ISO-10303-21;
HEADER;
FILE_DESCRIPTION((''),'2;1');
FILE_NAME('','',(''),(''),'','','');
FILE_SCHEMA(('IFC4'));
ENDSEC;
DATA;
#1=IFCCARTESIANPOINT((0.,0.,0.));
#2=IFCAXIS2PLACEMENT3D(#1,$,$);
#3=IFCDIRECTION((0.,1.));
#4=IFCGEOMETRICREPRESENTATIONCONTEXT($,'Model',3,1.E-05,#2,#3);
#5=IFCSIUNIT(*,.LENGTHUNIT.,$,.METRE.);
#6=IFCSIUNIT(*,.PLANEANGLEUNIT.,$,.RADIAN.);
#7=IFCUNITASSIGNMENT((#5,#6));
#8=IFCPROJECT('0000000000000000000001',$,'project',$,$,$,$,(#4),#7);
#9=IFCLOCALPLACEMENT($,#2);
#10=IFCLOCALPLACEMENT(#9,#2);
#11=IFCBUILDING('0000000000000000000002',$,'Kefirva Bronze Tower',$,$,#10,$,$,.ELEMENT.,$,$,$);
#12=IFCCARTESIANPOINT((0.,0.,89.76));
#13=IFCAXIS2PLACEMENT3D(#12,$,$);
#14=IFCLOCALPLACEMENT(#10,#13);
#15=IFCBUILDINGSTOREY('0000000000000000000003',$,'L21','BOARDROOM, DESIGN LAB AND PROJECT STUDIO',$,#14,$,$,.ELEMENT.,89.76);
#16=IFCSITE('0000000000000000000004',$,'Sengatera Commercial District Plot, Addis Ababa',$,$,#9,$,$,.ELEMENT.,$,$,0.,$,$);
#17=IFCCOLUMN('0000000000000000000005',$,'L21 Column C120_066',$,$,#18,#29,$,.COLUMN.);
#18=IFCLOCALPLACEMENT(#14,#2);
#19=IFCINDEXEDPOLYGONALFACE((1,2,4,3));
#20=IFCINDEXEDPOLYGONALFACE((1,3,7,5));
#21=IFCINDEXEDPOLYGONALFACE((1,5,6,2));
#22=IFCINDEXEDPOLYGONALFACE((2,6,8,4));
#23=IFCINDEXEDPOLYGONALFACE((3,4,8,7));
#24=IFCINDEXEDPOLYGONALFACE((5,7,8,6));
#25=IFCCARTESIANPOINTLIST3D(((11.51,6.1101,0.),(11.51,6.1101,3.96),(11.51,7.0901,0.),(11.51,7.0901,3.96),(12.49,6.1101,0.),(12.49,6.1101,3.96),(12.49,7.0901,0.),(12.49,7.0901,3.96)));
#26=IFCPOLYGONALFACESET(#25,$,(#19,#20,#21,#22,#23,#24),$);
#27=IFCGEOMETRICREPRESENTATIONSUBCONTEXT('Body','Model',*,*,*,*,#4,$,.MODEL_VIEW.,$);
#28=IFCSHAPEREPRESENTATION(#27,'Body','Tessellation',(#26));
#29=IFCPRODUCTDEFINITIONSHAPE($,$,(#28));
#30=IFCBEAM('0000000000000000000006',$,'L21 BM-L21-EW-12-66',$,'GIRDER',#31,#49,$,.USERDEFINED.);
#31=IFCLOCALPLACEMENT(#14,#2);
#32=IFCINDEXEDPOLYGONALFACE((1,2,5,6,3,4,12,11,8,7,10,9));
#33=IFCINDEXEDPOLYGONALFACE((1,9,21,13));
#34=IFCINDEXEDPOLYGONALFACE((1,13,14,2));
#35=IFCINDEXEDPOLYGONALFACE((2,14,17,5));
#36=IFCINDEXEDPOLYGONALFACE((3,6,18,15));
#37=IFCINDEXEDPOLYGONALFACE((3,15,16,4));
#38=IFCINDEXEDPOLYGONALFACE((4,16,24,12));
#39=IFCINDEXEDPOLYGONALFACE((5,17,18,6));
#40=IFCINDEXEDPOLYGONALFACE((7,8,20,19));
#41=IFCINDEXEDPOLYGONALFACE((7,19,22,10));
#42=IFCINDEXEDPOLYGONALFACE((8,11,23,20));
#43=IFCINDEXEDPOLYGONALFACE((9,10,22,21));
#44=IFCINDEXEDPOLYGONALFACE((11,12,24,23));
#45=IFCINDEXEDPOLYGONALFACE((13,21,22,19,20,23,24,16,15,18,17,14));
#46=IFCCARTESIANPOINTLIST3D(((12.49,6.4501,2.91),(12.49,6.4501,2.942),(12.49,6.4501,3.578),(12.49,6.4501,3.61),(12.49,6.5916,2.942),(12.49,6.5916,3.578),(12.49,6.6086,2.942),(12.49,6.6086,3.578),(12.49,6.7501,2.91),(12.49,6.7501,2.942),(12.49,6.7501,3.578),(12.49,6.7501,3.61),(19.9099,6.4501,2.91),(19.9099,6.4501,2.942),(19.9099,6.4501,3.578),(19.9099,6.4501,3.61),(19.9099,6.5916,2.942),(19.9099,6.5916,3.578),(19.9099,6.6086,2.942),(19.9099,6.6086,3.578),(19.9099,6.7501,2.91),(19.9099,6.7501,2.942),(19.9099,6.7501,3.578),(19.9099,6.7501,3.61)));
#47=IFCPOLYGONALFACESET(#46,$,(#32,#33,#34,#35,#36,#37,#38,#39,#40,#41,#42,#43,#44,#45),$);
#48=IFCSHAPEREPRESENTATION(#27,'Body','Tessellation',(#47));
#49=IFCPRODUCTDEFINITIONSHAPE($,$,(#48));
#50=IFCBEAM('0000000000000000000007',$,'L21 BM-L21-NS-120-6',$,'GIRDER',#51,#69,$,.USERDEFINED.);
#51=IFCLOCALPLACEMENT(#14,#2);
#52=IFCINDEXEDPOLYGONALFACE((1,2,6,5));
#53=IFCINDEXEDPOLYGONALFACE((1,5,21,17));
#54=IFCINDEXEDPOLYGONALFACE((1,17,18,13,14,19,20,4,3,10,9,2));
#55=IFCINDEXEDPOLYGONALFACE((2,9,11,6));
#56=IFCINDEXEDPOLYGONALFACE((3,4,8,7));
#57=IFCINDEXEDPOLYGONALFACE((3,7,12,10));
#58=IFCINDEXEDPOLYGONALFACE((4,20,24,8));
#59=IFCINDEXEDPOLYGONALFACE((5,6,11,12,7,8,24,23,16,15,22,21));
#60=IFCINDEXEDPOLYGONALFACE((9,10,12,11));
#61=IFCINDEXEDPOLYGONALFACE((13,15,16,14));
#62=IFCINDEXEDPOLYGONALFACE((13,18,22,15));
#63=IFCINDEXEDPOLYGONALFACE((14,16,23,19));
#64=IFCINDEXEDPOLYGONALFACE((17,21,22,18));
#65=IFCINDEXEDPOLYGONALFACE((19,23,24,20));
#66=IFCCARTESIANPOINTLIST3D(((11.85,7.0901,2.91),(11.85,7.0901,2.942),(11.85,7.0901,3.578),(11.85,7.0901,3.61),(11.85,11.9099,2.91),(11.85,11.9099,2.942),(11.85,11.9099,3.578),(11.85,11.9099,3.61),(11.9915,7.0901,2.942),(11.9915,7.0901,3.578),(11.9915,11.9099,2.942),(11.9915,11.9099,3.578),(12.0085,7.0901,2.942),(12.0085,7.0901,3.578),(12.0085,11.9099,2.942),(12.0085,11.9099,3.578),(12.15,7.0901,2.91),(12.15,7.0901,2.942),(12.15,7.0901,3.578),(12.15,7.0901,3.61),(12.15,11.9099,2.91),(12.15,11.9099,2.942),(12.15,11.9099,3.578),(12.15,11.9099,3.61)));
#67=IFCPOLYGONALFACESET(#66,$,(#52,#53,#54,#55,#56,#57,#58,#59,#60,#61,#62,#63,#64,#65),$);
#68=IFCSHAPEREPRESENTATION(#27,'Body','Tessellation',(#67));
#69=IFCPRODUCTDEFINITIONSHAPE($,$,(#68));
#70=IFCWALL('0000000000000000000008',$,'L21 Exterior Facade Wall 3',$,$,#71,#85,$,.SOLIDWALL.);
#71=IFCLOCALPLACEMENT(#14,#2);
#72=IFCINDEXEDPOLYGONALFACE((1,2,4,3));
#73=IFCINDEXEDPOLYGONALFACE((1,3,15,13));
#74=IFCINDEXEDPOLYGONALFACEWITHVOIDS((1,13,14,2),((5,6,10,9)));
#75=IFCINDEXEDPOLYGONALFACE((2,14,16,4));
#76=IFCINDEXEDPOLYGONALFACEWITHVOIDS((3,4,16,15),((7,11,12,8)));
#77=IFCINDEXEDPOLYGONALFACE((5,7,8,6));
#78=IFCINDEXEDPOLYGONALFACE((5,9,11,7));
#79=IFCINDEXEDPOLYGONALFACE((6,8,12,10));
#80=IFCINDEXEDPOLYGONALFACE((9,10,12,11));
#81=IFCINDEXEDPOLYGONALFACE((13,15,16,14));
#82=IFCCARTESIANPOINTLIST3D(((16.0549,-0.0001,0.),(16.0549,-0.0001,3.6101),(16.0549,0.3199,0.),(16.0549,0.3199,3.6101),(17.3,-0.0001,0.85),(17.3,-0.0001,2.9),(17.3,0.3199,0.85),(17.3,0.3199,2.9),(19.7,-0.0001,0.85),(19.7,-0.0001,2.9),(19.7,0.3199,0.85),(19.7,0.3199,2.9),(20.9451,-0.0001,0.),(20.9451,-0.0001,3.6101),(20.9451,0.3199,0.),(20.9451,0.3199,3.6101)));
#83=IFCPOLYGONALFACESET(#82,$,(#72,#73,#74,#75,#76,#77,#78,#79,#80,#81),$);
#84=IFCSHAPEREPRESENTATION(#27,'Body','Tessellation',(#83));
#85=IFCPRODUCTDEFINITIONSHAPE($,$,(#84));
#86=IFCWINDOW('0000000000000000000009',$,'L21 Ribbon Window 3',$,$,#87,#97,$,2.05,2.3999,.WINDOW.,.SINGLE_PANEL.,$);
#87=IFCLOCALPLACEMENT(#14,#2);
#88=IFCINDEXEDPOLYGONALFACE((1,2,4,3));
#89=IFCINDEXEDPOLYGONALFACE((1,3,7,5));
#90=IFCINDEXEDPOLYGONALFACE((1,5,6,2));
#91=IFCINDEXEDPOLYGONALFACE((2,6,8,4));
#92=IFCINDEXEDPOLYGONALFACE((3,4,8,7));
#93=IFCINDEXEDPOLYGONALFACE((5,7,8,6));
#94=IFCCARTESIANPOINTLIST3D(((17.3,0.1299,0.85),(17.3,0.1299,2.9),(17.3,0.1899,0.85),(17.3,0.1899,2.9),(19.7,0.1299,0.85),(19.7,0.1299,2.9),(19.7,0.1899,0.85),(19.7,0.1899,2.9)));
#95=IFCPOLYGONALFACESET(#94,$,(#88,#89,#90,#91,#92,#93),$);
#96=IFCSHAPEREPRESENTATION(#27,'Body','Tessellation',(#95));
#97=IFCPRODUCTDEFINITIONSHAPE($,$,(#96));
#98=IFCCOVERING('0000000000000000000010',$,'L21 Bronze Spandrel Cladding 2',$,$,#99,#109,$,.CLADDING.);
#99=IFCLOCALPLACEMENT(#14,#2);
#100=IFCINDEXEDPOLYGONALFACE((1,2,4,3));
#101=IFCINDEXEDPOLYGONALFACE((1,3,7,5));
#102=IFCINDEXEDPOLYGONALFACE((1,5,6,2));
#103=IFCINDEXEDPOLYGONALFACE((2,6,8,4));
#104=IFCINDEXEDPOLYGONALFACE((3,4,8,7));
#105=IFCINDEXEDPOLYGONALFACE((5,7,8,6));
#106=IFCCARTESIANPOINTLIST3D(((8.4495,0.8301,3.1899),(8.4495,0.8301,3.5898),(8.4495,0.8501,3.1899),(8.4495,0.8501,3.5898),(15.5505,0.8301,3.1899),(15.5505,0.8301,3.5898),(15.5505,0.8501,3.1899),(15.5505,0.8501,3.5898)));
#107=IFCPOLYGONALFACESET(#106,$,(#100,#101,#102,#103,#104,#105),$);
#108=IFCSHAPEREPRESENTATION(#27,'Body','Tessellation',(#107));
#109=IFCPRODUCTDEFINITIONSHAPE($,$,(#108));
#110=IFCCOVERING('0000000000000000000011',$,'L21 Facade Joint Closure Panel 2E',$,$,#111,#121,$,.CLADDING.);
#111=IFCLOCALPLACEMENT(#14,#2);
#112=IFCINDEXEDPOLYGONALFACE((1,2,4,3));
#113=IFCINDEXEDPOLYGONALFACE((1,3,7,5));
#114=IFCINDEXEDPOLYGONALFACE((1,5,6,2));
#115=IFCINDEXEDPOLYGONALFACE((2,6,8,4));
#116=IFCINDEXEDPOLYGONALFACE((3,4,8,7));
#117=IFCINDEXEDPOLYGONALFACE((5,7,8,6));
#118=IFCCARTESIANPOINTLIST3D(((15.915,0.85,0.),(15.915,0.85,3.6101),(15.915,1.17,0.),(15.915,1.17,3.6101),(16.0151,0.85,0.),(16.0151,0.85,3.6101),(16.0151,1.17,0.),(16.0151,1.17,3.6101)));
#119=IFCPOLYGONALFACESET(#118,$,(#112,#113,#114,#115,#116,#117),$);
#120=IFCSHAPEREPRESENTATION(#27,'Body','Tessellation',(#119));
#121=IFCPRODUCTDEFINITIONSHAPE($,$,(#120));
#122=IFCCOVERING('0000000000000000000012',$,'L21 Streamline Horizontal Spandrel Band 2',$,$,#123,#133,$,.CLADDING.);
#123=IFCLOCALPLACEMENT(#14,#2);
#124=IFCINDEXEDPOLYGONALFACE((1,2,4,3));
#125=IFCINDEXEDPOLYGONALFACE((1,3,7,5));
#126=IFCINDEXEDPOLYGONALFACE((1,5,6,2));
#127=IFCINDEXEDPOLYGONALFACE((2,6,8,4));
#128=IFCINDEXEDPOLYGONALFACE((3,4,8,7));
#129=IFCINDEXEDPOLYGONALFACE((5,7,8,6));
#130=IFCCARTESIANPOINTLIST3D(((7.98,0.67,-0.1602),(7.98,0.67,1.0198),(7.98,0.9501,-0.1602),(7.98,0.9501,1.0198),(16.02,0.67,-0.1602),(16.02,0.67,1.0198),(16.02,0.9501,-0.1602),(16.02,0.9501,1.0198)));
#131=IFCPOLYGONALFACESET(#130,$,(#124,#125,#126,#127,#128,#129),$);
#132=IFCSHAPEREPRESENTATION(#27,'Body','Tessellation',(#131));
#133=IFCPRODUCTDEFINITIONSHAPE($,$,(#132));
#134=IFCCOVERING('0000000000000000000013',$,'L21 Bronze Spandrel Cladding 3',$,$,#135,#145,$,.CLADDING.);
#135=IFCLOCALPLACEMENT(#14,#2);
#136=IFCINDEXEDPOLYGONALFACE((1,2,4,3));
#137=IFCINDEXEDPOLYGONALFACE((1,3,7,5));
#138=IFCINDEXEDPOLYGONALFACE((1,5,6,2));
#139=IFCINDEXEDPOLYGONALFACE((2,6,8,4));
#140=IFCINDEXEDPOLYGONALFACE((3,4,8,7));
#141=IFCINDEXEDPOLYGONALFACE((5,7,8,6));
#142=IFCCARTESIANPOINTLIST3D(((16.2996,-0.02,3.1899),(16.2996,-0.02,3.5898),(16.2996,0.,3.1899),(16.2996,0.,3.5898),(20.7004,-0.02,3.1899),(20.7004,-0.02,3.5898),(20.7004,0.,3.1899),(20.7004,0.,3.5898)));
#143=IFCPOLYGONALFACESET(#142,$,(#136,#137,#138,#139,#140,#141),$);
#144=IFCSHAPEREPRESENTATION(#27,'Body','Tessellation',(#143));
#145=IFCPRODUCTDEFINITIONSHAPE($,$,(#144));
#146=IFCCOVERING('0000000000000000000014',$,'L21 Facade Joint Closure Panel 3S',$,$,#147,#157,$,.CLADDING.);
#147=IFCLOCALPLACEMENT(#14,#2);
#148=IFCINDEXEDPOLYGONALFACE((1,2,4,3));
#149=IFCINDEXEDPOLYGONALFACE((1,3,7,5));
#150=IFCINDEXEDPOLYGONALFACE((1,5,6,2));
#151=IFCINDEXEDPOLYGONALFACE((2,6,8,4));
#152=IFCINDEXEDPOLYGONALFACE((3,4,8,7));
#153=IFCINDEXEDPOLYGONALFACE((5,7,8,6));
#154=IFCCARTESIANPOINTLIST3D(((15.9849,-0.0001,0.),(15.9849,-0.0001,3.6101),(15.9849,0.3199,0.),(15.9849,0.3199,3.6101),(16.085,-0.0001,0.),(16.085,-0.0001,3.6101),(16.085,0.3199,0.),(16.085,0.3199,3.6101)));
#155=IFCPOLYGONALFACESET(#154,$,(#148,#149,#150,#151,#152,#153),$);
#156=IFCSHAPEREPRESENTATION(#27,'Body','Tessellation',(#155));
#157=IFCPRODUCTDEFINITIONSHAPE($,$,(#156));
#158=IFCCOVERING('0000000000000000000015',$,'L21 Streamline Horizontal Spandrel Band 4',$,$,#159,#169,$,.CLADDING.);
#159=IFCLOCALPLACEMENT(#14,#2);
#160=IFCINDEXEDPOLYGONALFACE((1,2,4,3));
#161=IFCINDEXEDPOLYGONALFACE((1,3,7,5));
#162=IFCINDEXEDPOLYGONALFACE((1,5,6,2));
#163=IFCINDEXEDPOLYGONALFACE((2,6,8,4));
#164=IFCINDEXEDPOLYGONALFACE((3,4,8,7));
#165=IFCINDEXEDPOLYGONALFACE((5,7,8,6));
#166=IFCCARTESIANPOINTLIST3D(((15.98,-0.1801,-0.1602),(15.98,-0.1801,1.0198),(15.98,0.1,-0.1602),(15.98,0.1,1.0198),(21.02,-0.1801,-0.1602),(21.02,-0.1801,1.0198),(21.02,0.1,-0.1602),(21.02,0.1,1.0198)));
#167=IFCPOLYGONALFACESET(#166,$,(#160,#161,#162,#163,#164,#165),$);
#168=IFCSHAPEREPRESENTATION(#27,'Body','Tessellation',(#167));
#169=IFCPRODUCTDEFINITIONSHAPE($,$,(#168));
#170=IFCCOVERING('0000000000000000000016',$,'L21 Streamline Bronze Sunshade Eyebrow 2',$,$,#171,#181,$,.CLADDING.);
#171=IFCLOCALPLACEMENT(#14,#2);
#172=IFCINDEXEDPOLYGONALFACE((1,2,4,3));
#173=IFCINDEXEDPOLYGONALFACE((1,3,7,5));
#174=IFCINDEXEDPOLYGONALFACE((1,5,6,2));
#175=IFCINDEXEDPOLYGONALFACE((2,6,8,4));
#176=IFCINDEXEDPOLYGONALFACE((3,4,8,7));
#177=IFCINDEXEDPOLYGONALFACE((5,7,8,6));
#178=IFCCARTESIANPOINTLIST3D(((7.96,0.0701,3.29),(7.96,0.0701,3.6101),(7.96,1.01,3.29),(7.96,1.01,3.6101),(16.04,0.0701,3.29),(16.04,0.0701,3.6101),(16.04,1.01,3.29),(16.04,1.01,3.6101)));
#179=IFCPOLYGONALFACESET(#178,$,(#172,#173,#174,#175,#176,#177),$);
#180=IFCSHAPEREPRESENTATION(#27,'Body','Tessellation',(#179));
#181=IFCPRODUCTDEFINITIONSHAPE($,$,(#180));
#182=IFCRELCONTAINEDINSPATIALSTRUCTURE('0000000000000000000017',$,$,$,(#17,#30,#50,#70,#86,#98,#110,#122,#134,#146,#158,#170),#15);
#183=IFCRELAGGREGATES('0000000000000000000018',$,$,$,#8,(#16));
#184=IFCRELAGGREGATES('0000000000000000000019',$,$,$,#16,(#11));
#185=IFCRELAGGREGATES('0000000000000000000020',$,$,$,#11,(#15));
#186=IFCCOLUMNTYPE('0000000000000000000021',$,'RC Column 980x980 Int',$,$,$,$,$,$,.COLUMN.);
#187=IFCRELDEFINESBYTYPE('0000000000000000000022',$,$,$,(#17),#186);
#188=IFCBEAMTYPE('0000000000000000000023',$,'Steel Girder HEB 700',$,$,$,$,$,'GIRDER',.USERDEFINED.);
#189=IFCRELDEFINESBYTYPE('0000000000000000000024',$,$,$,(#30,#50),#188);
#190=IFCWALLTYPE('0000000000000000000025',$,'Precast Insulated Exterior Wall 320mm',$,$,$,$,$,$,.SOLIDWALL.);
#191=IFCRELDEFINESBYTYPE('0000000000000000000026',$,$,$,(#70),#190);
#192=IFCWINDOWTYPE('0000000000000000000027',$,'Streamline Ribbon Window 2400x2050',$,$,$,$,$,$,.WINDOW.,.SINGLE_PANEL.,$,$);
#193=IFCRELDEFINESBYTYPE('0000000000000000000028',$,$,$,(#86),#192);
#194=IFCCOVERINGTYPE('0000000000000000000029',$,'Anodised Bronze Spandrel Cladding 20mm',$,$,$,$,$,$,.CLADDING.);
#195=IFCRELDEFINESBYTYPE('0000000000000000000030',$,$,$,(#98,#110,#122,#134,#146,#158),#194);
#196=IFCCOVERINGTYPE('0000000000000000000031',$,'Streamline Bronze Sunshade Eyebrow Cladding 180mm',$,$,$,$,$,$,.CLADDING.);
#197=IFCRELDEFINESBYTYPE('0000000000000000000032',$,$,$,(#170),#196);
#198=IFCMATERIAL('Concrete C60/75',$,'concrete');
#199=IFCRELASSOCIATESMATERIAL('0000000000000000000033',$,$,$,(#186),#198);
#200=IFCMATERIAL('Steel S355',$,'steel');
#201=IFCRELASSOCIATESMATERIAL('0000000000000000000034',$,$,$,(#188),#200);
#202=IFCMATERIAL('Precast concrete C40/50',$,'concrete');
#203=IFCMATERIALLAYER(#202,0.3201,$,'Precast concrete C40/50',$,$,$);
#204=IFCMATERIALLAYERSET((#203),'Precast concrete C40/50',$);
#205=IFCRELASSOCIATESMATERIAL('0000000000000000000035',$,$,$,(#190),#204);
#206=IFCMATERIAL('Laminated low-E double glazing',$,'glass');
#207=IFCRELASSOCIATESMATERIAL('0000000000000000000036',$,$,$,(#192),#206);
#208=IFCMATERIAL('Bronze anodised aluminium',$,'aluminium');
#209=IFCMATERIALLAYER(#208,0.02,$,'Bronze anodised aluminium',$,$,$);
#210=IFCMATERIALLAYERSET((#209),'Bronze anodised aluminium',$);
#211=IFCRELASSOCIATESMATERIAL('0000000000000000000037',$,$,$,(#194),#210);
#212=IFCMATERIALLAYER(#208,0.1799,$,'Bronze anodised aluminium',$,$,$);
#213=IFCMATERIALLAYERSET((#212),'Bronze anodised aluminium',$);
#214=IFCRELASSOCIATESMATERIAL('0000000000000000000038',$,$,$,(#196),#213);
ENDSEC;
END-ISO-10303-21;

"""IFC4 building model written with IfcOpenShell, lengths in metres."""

from ifc_helpers import new_model, si_unit, direction, frame, frame_2d, origin, origin_2d, place, context, subcontext, project, spatial, rectangle, i_section, extrude, material, layer, layer_set, material_profile, profile_set, type_object, element, fill, save


model = new_model("IFC4")

# Units and contexts
model_context = context("Model", 3, precision=1e-05, world=origin(), true_north=direction((0.0, 1.0)))
body_context = subcontext(model_context, "Body", "Model", "MODEL_VIEW")
ifc_project = project(units=[si_unit("LENGTHUNIT", "METRE"), si_unit("PLANEANGLEUNIT", "RADIAN")], contexts=[model_context])

# Site, building, storey
site_placement = place(None, origin())
site = spatial("IfcSite", under=ifc_project, at=site_placement, Name="Sengatera Commercial District Plot, Addis Ababa", CompositionType="ELEMENT", RefElevation=0.0)
building_placement = place(site_placement, origin())
building = spatial("IfcBuilding", under=site, at=building_placement, Name="Kefirva Bronze Tower", CompositionType="ELEMENT")
storey_placement = place(building_placement, frame((0.0, 0.0, 89.76)))
storey = spatial("IfcBuildingStorey", under=building, at=storey_placement, Name="L21", Description="BOARDROOM, DESIGN LAB AND PROJECT STUDIO", CompositionType="ELEMENT", Elevation=89.76)

# Column
ifc_material_1 = material(Name="Concrete C60/75", Category="concrete")
ifc_material_profile_1 = material_profile(ifc_material_1, rectangle(XDim=0.98, YDim=0.98, at=origin_2d()), Name="RC 980x980")
ifc_profile_set_1 = profile_set([ifc_material_profile_1], Name="Concrete C60/75")
column_type = type_object("IfcColumnType", Name="RC Column 980x980 Int", PredefinedType="COLUMN", material=ifc_profile_set_1)
column_placement = place(storey_placement, frame((12.0, 6.6001, 0.0), z_axis=(0.0, 0.0, 1.0), x_axis=(1.0, 0.0, 0.0)))
element("IfcColumn", 1, at=column_placement, inside=storey, type_object=column_type, Name="L21 Column C120_066", PredefinedType="COLUMN", context=body_context, shape_type="SweptSolid", body=[
    extrude(rectangle(XDim=0.98, YDim=0.98, at=origin_2d()), origin(), (0.0, 0.0, 1.0), 3.96),
])

# Beams
ifc_material_2 = material(Name="Steel S355", Category="steel")
ifc_material_profile_2 = material_profile(ifc_material_2, i_section(OverallWidth=0.3, OverallDepth=0.7, WebThickness=0.0171, FlangeThickness=0.032, at=origin_2d()), Name="HEB 700")
ifc_profile_set_2 = profile_set([ifc_material_profile_2], Name="Steel S355")
beam_type = type_object("IfcBeamType", Name="Steel Girder HEB 700", ElementType="GIRDER", PredefinedType="USERDEFINED", material=ifc_profile_set_2)
beam_1_placement = place(storey_placement, frame((12.49, 6.6001, 3.26), z_axis=(1.0, 0.0, 0.0), x_axis=(0.0, 1.0, 0.0)))
element("IfcBeam", 2, at=beam_1_placement, inside=storey, type_object=beam_type, Name="L21 BM-L21-EW-12-66", ObjectType="GIRDER", PredefinedType="USERDEFINED", context=body_context, shape_type="SweptSolid", body=[
    extrude(i_section(OverallWidth=0.3, OverallDepth=0.7, WebThickness=0.0171, FlangeThickness=0.032, at=origin_2d()), origin(), (0.0, 0.0, 1.0), 7.4199),
])
beam_2_placement = place(storey_placement, frame((12.0, 7.0901, 3.26), z_axis=(0.0, 1.0, 0.0), x_axis=(-1.0, 0.0, 0.0)))
element("IfcBeam", 3, at=beam_2_placement, inside=storey, type_object=beam_type, Name="L21 BM-L21-NS-120-6", ObjectType="GIRDER", PredefinedType="USERDEFINED", context=body_context, shape_type="SweptSolid", body=[
    extrude(i_section(OverallWidth=0.3, OverallDepth=0.7, WebThickness=0.0171, FlangeThickness=0.032, at=origin_2d()), origin(), (0.0, 0.0, 1.0), 4.8198),
])

# Wall, opening, window
ifc_material_3 = material(Name="Precast concrete C40/50", Category="concrete")
ifc_layer_1 = layer(ifc_material_3, 0.3201, Name="Precast concrete C40/50")
ifc_layer_set_1 = layer_set([ifc_layer_1], Name="Precast concrete C40/50")
wall_type = type_object("IfcWallType", Name="Precast Insulated Exterior Wall 320mm", PredefinedType="SOLIDWALL", material=ifc_layer_set_1)
wall_placement = place(storey_placement, frame((16.0549, 0.1599, 0.0), z_axis=(0.0, 0.0, 1.0), x_axis=(1.0, 0.0, 0.0)))
wall = element("IfcWall", 4, at=wall_placement, inside=storey, type_object=wall_type, Name="L21 Exterior Facade Wall 3", PredefinedType="SOLIDWALL", context=body_context, shape_type="SweptSolid", body=[
    extrude(rectangle(XDim=4.8901, YDim=0.3201, at=frame_2d((2.4451, 0.0))), origin(), (0.0, 0.0, 1.0), 3.6101),
])
opening_placement = place(wall_placement, frame((1.2451, 0.0, 0.8501)))
opening = element("IfcOpeningElement", 5, at=opening_placement, cuts=wall, PredefinedType="OPENING", context=body_context, shape_type="SweptSolid", body=[
    extrude(rectangle(XDim=2.3999, YDim=2.05, at=frame_2d((1.2, 1.0249))), frame((0.0, 0.1699, 0.0), z_axis=(0.0, -1.0, 0.0), x_axis=(1.0, 0.0, 0.0)), (0.0, 0.0, 1.0), 0.3401),
])
ifc_material_4 = material(Name="Laminated low-E double glazing", Category="glass")
window_type = type_object("IfcWindowType", Name="Streamline Ribbon Window 2400x2050", PartitioningType="SINGLE_PANEL", PredefinedType="WINDOW", material=ifc_material_4)
window_placement = place(opening_placement, origin())
window = element("IfcWindow", 6, at=window_placement, inside=storey, type_object=window_type, Name="L21 Ribbon Window 3", OverallHeight=2.05, OverallWidth=2.3999, PartitioningType="SINGLE_PANEL", PredefinedType="WINDOW", context=body_context, shape_type="SweptSolid", body=[
    extrude(rectangle(XDim=2.3999, YDim=2.05, at=frame_2d((1.2, 1.0249))), frame((0.0, 0.03, 0.0), z_axis=(0.0, -1.0, 0.0), x_axis=(1.0, 0.0, 0.0)), (0.0, 0.0, 1.0), 0.0601),
])
fill(opening, window)

# Coverings
ifc_material_5 = material(Name="Bronze anodised aluminium", Category="aluminium")
ifc_layer_2 = layer(ifc_material_5, 0.02, Name="Bronze anodised aluminium")
ifc_layer_set_2 = layer_set([ifc_layer_2], Name="Bronze anodised aluminium")
covering_type_1 = type_object("IfcCoveringType", Name="Anodised Bronze Spandrel Cladding 20mm", PredefinedType="CLADDING", material=ifc_layer_set_2)
covering_1_placement = place(storey_placement, frame((12.0, 0.8401, 3.1899), z_axis=(0.0, 0.0, 1.0), x_axis=(1.0, 0.0, 0.0)))
element("IfcCovering", 7, at=covering_1_placement, inside=storey, type_object=covering_type_1, Name="L21 Bronze Spandrel Cladding 2", PredefinedType="CLADDING", context=body_context, shape_type="SweptSolid", body=[
    extrude(rectangle(XDim=7.1011, YDim=0.02, at=origin_2d()), origin(), (0.0, 0.0, 1.0), 0.3999),
])
covering_2_placement = place(storey_placement, frame((15.9651, 1.01, 0.0), z_axis=(0.0, 0.0, 1.0), x_axis=(1.0, 0.0, 0.0)))
element("IfcCovering", 8, at=covering_2_placement, inside=storey, type_object=covering_type_1, Name="L21 Facade Joint Closure Panel 2E", PredefinedType="CLADDING", context=body_context, shape_type="SweptSolid", body=[
    extrude(rectangle(XDim=0.1001, YDim=0.3201, at=origin_2d()), origin(), (0.0, 0.0, 1.0), 3.6101),
])
covering_3_placement = place(storey_placement, frame((12.0, 0.8101, -0.1602), z_axis=(0.0, 0.0, 1.0), x_axis=(1.0, 0.0, 0.0)))
element("IfcCovering", 9, at=covering_3_placement, inside=storey, type_object=covering_type_1, Name="L21 Streamline Horizontal Spandrel Band 2", PredefinedType="CLADDING", context=body_context, shape_type="SweptSolid", body=[
    extrude(rectangle(XDim=8.04, YDim=0.28, at=origin_2d()), origin(), (0.0, 0.0, 1.0), 1.1799),
])
covering_4_placement = place(storey_placement, frame((18.5, -0.01, 3.1899), z_axis=(0.0, 0.0, 1.0), x_axis=(1.0, 0.0, 0.0)))
element("IfcCovering", 10, at=covering_4_placement, inside=storey, type_object=covering_type_1, Name="L21 Bronze Spandrel Cladding 3", PredefinedType="CLADDING", context=body_context, shape_type="SweptSolid", body=[
    extrude(rectangle(XDim=4.4009, YDim=0.02, at=origin_2d()), origin(), (0.0, 0.0, 1.0), 0.3999),
])
covering_5_placement = place(storey_placement, frame((16.0349, 0.1599, 0.0), z_axis=(0.0, 0.0, 1.0), x_axis=(1.0, 0.0, 0.0)))
element("IfcCovering", 11, at=covering_5_placement, inside=storey, type_object=covering_type_1, Name="L21 Facade Joint Closure Panel 3S", PredefinedType="CLADDING", context=body_context, shape_type="SweptSolid", body=[
    extrude(rectangle(XDim=0.1001, YDim=0.3201, at=origin_2d()), origin(), (0.0, 0.0, 1.0), 3.6101),
])
covering_6_placement = place(storey_placement, frame((18.5, -0.04, -0.1602), z_axis=(0.0, 0.0, 1.0), x_axis=(1.0, 0.0, 0.0)))
element("IfcCovering", 12, at=covering_6_placement, inside=storey, type_object=covering_type_1, Name="L21 Streamline Horizontal Spandrel Band 4", PredefinedType="CLADDING", context=body_context, shape_type="SweptSolid", body=[
    extrude(rectangle(XDim=5.04, YDim=0.28, at=origin_2d()), origin(), (0.0, 0.0, 1.0), 1.1799),
])
ifc_layer_3 = layer(ifc_material_5, 0.1799, Name="Bronze anodised aluminium")
ifc_layer_set_3 = layer_set([ifc_layer_3], Name="Bronze anodised aluminium")
covering_type_2 = type_object("IfcCoveringType", Name="Streamline Bronze Sunshade Eyebrow Cladding 180mm", PredefinedType="CLADDING", material=ifc_layer_set_3)
covering_7_placement = place(storey_placement, frame((12.0, 0.54, 3.29), z_axis=(0.0, 0.0, 1.0), x_axis=(1.0, 0.0, 0.0)))
element("IfcCovering", 13, at=covering_7_placement, inside=storey, type_object=covering_type_2, Name="L21 Streamline Bronze Sunshade Eyebrow 2", PredefinedType="CLADDING", context=body_context, shape_type="SweptSolid", body=[
    extrude(rectangle(XDim=8.0801, YDim=0.9399, at=origin_2d()), origin(), (0.0, 0.0, 1.0), 0.3201),
])

save(model, "model.ifc")
